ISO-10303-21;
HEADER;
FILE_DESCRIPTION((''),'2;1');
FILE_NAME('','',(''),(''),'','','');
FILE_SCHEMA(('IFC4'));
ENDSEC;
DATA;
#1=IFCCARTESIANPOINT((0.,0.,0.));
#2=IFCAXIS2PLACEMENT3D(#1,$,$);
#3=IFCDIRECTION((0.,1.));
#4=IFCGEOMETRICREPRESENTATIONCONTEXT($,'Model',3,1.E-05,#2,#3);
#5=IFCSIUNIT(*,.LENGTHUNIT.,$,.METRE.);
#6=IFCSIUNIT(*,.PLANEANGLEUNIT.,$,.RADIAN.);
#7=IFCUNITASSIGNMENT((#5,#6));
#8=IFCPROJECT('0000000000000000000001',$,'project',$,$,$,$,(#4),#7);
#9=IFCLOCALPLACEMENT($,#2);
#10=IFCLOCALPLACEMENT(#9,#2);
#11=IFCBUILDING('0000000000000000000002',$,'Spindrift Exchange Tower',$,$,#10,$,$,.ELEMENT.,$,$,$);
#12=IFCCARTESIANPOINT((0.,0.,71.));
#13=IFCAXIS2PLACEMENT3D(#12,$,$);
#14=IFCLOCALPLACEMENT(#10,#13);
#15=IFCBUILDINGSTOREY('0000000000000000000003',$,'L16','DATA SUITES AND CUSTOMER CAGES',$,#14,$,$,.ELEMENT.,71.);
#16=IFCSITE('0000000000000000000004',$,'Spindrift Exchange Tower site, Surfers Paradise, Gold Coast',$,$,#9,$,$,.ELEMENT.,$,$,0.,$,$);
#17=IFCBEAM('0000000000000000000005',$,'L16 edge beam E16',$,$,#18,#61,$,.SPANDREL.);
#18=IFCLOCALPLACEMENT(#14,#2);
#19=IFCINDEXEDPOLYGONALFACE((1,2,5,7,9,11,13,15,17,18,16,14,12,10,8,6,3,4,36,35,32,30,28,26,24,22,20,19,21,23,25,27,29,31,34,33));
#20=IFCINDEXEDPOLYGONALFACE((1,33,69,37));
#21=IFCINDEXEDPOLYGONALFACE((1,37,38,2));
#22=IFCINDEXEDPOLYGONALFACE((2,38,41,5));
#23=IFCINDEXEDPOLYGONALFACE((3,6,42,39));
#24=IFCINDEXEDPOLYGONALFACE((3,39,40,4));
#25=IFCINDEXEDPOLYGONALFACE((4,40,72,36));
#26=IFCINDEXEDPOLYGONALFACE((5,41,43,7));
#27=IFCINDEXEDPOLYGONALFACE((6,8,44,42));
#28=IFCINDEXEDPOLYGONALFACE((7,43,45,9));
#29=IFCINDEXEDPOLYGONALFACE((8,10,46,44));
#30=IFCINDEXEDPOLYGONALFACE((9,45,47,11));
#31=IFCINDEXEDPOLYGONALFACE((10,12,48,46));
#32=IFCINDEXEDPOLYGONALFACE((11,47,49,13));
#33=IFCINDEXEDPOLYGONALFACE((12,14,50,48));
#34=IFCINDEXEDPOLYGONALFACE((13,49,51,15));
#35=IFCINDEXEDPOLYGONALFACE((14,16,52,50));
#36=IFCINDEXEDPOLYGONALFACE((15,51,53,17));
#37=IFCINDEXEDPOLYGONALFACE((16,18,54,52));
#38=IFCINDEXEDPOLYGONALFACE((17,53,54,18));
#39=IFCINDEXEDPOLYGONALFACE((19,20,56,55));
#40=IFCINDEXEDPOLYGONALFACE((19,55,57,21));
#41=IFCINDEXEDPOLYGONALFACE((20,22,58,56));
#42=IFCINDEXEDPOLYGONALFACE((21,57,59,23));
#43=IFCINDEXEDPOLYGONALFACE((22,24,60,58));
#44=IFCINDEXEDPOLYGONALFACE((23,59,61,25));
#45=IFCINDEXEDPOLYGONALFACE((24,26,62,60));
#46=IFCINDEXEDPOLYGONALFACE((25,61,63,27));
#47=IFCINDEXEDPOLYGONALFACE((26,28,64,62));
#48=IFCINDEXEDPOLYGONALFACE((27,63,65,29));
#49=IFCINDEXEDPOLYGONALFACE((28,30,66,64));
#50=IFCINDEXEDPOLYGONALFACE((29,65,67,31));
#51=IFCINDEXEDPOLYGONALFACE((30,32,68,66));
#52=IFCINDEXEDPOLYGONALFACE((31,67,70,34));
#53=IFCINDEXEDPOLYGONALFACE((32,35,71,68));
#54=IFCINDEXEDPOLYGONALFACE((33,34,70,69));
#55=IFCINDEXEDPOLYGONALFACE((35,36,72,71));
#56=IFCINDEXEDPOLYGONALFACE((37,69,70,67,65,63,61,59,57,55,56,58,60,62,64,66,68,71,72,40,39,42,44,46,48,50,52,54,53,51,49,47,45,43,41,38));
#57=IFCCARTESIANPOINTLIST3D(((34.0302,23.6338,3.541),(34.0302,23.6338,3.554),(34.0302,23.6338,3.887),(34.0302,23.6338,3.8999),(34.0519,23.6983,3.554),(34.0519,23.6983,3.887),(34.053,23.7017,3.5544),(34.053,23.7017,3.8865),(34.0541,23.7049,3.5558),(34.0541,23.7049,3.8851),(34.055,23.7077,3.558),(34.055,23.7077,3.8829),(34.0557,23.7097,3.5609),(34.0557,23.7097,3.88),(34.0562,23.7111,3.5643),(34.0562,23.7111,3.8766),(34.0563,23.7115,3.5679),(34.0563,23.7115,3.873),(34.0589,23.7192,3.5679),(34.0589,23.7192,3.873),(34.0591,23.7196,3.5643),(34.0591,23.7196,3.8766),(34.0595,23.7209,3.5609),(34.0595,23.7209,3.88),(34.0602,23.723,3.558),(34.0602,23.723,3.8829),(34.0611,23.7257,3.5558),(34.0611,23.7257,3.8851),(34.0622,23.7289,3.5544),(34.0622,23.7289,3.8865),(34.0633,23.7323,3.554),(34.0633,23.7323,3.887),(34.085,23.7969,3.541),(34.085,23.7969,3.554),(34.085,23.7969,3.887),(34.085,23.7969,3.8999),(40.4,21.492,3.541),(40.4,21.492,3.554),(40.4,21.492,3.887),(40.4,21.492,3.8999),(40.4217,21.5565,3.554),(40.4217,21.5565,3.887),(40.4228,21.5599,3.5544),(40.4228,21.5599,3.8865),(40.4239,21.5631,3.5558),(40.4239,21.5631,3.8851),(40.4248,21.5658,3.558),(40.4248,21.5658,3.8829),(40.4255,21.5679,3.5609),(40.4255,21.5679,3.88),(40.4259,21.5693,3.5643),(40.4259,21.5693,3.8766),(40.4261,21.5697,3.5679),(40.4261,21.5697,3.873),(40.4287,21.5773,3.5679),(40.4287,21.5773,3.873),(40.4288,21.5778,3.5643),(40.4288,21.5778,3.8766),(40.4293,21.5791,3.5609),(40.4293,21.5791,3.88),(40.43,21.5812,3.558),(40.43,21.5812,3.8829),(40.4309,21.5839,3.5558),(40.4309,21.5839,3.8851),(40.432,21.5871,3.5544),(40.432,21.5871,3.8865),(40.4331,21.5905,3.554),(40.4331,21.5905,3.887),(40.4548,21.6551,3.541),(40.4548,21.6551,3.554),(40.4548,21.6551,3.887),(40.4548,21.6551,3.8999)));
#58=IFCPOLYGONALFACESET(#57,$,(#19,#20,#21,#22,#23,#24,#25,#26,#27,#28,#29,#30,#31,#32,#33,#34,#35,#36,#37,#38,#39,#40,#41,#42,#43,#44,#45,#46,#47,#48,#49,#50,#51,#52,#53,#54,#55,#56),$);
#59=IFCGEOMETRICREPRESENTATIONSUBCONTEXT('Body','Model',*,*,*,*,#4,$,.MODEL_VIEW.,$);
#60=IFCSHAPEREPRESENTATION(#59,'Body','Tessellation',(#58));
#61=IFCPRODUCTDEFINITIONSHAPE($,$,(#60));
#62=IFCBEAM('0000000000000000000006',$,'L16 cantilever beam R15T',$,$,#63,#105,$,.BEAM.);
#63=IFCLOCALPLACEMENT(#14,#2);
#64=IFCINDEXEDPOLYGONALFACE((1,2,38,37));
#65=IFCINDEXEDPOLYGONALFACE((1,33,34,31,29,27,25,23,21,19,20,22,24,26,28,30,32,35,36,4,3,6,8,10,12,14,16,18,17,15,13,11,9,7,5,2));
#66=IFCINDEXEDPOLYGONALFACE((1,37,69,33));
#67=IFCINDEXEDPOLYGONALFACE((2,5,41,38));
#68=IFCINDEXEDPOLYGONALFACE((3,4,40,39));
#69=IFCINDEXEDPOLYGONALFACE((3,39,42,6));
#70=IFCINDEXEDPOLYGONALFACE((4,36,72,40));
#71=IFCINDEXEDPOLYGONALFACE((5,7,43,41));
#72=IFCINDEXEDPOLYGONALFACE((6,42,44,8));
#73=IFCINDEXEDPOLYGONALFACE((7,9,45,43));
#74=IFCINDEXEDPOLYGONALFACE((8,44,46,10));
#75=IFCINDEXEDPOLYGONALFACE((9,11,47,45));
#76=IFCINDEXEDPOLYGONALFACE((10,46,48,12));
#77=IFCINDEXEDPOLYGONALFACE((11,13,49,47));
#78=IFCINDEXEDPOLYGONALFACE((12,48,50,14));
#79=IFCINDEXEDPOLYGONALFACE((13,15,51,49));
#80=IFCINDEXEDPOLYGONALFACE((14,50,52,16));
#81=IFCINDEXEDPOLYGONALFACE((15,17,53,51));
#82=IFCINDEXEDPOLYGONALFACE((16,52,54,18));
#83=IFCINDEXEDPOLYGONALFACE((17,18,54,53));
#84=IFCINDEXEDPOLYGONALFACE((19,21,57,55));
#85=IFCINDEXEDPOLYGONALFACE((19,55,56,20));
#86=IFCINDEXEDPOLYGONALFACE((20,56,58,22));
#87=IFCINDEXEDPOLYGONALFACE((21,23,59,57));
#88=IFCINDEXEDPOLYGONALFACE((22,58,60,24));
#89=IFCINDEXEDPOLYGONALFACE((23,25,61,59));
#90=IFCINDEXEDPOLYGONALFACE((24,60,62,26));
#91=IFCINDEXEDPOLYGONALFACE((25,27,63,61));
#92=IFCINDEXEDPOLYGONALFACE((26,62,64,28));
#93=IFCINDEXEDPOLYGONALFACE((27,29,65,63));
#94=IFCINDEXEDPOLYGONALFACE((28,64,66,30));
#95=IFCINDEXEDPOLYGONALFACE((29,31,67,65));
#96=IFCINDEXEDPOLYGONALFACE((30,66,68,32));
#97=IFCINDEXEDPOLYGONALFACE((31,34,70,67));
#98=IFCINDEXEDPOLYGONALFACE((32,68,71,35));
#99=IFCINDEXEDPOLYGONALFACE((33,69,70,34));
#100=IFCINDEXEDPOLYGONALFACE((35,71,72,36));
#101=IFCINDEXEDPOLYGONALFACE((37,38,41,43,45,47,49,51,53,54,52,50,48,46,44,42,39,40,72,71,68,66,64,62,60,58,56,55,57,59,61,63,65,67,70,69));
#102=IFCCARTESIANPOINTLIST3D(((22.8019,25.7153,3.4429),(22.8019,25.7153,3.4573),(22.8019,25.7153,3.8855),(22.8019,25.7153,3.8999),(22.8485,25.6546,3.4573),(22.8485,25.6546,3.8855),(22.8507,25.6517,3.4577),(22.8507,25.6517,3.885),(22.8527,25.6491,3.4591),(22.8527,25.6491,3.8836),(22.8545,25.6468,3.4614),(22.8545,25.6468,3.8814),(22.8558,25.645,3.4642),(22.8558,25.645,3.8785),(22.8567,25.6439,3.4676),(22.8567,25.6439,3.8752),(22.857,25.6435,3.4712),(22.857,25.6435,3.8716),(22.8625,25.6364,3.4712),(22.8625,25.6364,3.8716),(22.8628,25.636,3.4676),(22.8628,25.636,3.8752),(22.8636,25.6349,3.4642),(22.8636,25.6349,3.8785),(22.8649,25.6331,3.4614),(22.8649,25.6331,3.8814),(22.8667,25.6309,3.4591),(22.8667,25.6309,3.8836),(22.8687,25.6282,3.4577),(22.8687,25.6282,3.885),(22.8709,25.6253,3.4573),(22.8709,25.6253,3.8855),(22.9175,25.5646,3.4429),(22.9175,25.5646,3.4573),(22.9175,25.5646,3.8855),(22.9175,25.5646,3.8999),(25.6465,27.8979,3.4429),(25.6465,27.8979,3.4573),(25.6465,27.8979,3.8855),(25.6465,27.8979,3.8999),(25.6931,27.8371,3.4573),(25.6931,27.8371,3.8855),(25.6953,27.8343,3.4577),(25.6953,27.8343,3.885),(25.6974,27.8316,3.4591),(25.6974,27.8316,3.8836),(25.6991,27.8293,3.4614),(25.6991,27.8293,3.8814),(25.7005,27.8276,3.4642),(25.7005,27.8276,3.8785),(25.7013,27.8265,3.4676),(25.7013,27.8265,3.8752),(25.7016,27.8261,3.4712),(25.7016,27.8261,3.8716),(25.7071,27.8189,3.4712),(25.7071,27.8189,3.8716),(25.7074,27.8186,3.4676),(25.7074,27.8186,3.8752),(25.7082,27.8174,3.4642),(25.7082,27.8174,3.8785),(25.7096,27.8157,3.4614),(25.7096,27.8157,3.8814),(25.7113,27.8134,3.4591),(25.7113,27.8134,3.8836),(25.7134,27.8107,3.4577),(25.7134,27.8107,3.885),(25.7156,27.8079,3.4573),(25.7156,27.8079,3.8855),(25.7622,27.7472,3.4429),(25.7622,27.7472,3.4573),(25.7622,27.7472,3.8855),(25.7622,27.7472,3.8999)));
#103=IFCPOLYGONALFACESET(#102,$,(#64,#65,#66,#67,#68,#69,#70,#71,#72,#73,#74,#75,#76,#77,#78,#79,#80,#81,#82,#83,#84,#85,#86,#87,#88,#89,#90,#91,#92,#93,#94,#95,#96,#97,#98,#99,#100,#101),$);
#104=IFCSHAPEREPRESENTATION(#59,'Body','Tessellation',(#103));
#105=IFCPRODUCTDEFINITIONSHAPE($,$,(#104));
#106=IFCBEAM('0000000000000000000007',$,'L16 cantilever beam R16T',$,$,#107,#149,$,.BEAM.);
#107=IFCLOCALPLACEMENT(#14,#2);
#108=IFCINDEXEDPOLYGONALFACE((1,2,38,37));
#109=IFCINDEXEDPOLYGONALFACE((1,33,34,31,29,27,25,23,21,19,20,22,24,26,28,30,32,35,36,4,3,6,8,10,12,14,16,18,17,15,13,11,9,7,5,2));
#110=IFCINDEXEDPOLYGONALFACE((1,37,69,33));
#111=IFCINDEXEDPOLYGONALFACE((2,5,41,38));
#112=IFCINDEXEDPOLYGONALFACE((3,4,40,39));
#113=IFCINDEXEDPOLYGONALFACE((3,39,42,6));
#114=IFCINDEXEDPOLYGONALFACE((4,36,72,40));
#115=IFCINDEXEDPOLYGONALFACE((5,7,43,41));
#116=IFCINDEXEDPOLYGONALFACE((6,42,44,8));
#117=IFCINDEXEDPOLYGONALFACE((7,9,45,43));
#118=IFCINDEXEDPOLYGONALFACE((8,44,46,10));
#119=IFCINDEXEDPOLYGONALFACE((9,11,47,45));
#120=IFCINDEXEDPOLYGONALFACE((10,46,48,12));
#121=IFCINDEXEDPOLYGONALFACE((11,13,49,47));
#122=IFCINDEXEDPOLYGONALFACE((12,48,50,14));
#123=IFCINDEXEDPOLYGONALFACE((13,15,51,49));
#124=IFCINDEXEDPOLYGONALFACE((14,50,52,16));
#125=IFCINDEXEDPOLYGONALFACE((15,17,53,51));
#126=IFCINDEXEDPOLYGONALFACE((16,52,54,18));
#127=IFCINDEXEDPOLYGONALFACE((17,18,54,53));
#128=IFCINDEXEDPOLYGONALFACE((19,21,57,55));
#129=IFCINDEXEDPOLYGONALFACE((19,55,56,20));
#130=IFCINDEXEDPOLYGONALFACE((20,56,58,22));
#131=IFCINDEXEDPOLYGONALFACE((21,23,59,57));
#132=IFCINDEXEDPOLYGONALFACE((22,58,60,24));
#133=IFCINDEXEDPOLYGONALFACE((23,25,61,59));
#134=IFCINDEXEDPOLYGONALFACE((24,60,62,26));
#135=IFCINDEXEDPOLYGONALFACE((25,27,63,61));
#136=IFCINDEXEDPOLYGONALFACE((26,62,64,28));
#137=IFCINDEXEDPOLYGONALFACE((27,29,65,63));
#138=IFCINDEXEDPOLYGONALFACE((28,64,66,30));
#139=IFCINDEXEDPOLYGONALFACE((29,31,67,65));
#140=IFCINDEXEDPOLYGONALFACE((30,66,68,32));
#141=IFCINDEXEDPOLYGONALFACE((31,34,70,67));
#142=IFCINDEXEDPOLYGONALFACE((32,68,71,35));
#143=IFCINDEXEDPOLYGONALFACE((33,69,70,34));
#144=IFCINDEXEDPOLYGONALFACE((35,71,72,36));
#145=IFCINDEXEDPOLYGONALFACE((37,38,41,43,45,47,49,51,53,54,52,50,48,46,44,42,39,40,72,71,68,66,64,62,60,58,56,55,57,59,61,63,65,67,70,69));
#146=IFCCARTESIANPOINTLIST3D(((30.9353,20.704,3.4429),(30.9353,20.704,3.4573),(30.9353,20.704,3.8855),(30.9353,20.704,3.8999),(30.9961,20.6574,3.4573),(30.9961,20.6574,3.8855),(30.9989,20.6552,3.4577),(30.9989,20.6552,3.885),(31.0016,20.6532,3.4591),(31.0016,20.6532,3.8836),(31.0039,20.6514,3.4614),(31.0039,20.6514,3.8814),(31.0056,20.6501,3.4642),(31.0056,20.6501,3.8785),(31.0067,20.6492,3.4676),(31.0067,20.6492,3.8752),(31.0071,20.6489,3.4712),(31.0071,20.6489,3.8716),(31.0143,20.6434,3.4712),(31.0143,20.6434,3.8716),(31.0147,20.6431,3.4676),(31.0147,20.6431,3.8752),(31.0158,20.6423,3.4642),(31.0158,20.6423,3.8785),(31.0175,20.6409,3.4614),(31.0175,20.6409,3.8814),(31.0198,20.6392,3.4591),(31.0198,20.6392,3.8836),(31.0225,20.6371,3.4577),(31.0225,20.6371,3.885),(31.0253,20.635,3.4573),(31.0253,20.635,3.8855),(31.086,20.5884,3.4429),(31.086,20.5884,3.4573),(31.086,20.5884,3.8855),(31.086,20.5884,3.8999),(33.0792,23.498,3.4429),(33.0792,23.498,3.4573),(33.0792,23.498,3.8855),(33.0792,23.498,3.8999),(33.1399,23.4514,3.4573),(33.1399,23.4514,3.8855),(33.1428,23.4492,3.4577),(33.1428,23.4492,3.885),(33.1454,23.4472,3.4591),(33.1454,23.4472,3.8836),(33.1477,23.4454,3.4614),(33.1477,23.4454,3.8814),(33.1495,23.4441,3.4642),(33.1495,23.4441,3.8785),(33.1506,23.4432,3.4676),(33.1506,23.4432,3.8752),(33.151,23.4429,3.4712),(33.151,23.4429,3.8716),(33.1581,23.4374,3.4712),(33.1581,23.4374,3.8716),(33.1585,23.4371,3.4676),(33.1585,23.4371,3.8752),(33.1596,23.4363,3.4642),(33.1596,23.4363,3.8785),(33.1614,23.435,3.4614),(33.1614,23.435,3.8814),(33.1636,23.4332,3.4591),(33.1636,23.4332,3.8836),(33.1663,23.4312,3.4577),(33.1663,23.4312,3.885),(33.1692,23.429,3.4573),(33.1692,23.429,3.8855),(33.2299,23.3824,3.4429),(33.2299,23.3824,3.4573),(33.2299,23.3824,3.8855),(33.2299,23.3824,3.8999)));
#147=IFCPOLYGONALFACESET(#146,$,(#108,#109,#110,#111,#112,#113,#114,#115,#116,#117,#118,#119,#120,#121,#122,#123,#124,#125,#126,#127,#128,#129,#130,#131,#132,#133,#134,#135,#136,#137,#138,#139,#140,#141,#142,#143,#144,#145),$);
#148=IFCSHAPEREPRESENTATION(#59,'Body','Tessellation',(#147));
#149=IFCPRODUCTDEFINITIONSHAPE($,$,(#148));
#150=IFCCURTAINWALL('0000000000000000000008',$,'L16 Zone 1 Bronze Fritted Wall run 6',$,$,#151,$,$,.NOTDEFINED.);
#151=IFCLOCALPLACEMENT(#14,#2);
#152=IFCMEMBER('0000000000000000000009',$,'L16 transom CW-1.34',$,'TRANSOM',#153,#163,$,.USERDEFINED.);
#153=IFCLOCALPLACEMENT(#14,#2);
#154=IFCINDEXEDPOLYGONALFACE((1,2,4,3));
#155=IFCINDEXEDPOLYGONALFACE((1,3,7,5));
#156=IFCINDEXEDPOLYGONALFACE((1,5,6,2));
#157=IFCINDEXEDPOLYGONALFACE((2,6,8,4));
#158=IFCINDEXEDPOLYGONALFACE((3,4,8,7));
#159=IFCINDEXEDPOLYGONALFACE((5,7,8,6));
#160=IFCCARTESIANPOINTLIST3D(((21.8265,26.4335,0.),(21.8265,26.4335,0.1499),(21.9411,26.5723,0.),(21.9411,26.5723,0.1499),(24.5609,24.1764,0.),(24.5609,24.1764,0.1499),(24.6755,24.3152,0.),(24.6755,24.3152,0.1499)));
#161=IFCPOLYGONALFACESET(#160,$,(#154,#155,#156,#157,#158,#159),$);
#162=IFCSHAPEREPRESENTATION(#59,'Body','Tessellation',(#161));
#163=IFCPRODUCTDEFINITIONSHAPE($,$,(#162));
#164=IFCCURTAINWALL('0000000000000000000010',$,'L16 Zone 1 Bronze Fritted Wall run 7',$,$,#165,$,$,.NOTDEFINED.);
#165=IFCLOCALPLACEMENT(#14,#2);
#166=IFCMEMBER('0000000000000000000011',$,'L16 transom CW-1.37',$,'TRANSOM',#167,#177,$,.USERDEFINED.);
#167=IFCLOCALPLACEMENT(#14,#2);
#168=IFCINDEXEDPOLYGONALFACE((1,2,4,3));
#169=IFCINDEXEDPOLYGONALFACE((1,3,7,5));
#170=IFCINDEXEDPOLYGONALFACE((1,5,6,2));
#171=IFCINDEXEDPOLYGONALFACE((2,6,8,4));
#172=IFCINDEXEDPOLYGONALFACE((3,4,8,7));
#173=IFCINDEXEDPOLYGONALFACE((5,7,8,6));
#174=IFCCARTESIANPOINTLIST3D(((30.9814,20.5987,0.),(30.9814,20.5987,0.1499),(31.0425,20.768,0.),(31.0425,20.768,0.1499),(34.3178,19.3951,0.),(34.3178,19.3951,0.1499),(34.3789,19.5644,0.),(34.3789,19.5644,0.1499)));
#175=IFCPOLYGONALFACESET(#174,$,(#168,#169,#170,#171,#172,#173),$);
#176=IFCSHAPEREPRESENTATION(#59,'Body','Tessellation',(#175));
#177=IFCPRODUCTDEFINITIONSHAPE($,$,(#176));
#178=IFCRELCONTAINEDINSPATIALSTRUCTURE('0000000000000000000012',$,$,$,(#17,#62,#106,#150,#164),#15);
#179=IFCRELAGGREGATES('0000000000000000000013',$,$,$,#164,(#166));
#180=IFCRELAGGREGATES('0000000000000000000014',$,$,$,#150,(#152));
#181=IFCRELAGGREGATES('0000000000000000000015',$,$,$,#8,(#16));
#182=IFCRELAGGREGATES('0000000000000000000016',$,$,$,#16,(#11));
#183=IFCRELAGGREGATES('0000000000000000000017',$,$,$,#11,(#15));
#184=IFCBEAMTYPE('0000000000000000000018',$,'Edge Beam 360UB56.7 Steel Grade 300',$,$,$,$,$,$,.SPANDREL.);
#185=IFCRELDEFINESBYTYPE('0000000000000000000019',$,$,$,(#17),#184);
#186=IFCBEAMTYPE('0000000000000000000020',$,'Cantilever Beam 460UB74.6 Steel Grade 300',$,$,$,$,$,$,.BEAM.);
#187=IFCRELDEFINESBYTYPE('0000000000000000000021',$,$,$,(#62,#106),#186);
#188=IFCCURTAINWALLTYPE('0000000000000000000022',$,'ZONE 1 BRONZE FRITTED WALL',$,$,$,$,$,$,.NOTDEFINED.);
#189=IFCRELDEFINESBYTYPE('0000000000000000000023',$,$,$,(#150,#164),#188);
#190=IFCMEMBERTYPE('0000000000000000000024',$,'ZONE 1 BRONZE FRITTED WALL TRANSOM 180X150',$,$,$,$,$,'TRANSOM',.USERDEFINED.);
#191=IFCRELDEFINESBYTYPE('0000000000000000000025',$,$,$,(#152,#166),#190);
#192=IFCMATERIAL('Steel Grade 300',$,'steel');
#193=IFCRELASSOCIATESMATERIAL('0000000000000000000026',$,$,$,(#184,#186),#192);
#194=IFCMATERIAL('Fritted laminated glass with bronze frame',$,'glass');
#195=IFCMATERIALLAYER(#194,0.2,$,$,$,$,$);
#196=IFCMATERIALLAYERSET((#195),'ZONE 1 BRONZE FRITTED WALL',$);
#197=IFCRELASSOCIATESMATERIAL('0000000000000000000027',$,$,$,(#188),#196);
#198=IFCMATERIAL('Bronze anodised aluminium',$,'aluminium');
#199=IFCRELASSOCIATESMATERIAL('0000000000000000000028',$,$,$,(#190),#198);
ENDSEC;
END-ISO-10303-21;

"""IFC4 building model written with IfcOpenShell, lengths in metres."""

from ifc_helpers import new_model, si_unit, direction, frame, origin, origin_2d, place, context, subcontext, project, spatial, rectangle, i_section, extrude, source, transform, mapped, material, layer, layer_set, material_profile, profile_set, type_object, element, aggregate, save


model = new_model("IFC4")

# Units and contexts
model_context = context("Model", 3, precision=1e-05, world=origin(), true_north=direction((0.0, 1.0)))
body_context = subcontext(model_context, "Body", "Model", "MODEL_VIEW")
ifc_project = project(units=[si_unit("LENGTHUNIT", "METRE"), si_unit("PLANEANGLEUNIT", "RADIAN")], contexts=[model_context])

# Site, building, storey
site_placement = place(None, origin())
site = spatial("IfcSite", under=ifc_project, at=site_placement, Name="Spindrift Exchange Tower site, Surfers Paradise, Gold Coast", CompositionType="ELEMENT", RefElevation=0.0)
building_placement = place(site_placement, origin())
building = spatial("IfcBuilding", under=site, at=building_placement, Name="Spindrift Exchange Tower", CompositionType="ELEMENT")
storey_placement = place(building_placement, frame((0.0, 0.0, 71.0)))
storey = spatial("IfcBuildingStorey", under=building, at=storey_placement, Name="L16", Description="DATA SUITES AND CUSTOMER CAGES", CompositionType="ELEMENT", Elevation=71.0)

# Beams
ifc_material_1 = material(Name="Steel Grade 300", Category="steel")
ifc_material_profile_1 = material_profile(ifc_material_1, i_section(OverallWidth=0.1721, OverallDepth=0.3589, WebThickness=0.0081, FlangeThickness=0.0129, FilletRadius=0.0139, at=origin_2d()), Name="360UB56.7")
ifc_profile_set_1 = profile_set([ifc_material_profile_1], Name="Steel Grade 300")
beam_type_1 = type_object("IfcBeamType", Name="Edge Beam 360UB56.7 Steel Grade 300", PredefinedType="SPANDREL", material=ifc_profile_set_1)
shared_shape_1 = source(origin(), body_context, "Body", "SweptSolid", [
    extrude(i_section(OverallWidth=0.1721, OverallDepth=0.3589, WebThickness=0.0081, FlangeThickness=0.0129, FilletRadius=0.0139, at=origin_2d()), origin(), (0.0, 0.0, 1.0), 6.7202),
])
beam_1_placement = place(storey_placement, frame((34.0576, 23.7153, 3.7205), z_axis=(0.947852, -0.318712, 0.0), x_axis=(0.318712, 0.947852, 0.0)))
element("IfcBeam", 1, at=beam_1_placement, inside=storey, type_object=beam_type_1, Name="L16 edge beam E16", PredefinedType="SPANDREL", context=body_context, shape_type="MappedRepresentation", body=[
    mapped(shared_shape_1, transform((0.0, 0.0, 0.0), scale=1.0)),
])
ifc_material_profile_2 = material_profile(ifc_material_1, i_section(OverallWidth=0.1899, OverallDepth=0.457, WebThickness=0.009, FlangeThickness=0.0144, FilletRadius=0.0139, at=origin_2d()), Name="460UB74.6")
ifc_profile_set_2 = profile_set([ifc_material_profile_2], Name="Steel Grade 300")
beam_type_2 = type_object("IfcBeamType", Name="Cantilever Beam 460UB74.6 Steel Grade 300", PredefinedType="BEAM", material=ifc_profile_set_2)
shared_shape_2 = source(origin(), body_context, "Body", "SweptSolid", [
    extrude(i_section(OverallWidth=0.1899, OverallDepth=0.457, WebThickness=0.009, FlangeThickness=0.0144, FilletRadius=0.0139, at=origin_2d()), origin(), (0.0, 0.0, 1.0), 3.5854),
])
beam_2_placement = place(storey_placement, frame((25.7043, 27.8225, 3.6714), z_axis=(-0.793383, -0.608723, 0.0), x_axis=(0.608723, -0.793383, 0.0)))
element("IfcBeam", 2, at=beam_2_placement, inside=storey, type_object=beam_type_2, Name="L16 cantilever beam R15T", PredefinedType="BEAM", context=body_context, shape_type="MappedRepresentation", body=[
    mapped(shared_shape_2, transform((0.0, 0.0, 0.0), scale=1.0)),
])
shared_shape_3 = source(origin(), body_context, "Body", "SweptSolid", [
    extrude(i_section(OverallWidth=0.1899, OverallDepth=0.457, WebThickness=0.009, FlangeThickness=0.0144, FilletRadius=0.0139, at=origin_2d()), origin(), (0.0, 0.0, 1.0), 3.5217),
])
beam_3_placement = place(storey_placement, frame((33.1545, 23.4402, 3.6714), z_axis=(-0.608749, -0.793363, 0.0), x_axis=(0.793363, -0.608749, 0.0)))
element("IfcBeam", 3, at=beam_3_placement, inside=storey, type_object=beam_type_2, Name="L16 cantilever beam R16T", PredefinedType="BEAM", context=body_context, shape_type="MappedRepresentation", body=[
    mapped(shared_shape_3, transform((0.0, 0.0, 0.0), scale=1.0)),
])

# Curtain wall, member
ifc_material_2 = material(Name="Fritted laminated glass with bronze frame", Category="glass")
ifc_layer_1 = layer(ifc_material_2, 0.2)
ifc_layer_set_1 = layer_set([ifc_layer_1], Name="ZONE 1 BRONZE FRITTED WALL")
curtain_wall_type = type_object("IfcCurtainWallType", Name="ZONE 1 BRONZE FRITTED WALL", PredefinedType="NOTDEFINED", material=ifc_layer_set_1)
curtain_wall_1_placement = place(storey_placement, origin())
curtain_wall_1 = element("IfcCurtainWall", 4, at=curtain_wall_1_placement, inside=storey, type_object=curtain_wall_type, Name="L16 Zone 1 Bronze Fritted Wall run 6", PredefinedType="NOTDEFINED")
ifc_material_3 = material(Name="Bronze anodised aluminium", Category="aluminium")
ifc_material_profile_3 = material_profile(ifc_material_3, rectangle(XDim=0.1799, YDim=0.1499, at=origin_2d()), Name="ZONE 1 BRONZE FRITTED WALL TRANSOM 180X150")
ifc_profile_set_3 = profile_set([ifc_material_profile_3], Name="Bronze anodised aluminium")
member_type_1 = type_object("IfcMemberType", Name="ZONE 1 BRONZE FRITTED WALL TRANSOM 180X150", ElementType="TRANSOM", PredefinedType="USERDEFINED", material=ifc_profile_set_3)
shared_shape_4 = source(origin(), body_context, "Body", "SweptSolid", [
    extrude(rectangle(XDim=0.1799, YDim=0.1499, at=origin_2d()), origin(), (0.0, 0.0, 1.0), 3.5457),
])
member_1_placement = place(storey_placement, frame((21.8838, 26.5029, 0.075), z_axis=(0.771204, -0.636588, 0.0), x_axis=(0.636588, 0.771204, 0.0)))
member_1 = element("IfcMember", 5, at=member_1_placement, type_object=member_type_1, Name="L16 transom CW-1.34", ObjectType="TRANSOM", PredefinedType="USERDEFINED", context=body_context, shape_type="MappedRepresentation", body=[
    mapped(shared_shape_4, transform((0.0, 0.0, 0.0), scale=1.0)),
])

# Curtain wall, member
curtain_wall_2_placement = place(storey_placement, origin())
curtain_wall_2 = element("IfcCurtainWall", 6, at=curtain_wall_2_placement, inside=storey, type_object=curtain_wall_type, Name="L16 Zone 1 Bronze Fritted Wall run 7", PredefinedType="NOTDEFINED")
shared_shape_5 = source(origin(), body_context, "Body", "SweptSolid", [
    extrude(rectangle(XDim=0.1799, YDim=0.1499, at=origin_2d()), origin(), (0.0, 0.0, 1.0), 3.5469),
])
member_2_placement = place(storey_placement, frame((31.012, 20.6833, 0.075), z_axis=(0.940663, -0.339343, 0.0), x_axis=(0.339343, 0.940663, 0.0)))
member_2 = element("IfcMember", 7, at=member_2_placement, type_object=member_type_1, Name="L16 transom CW-1.37", ObjectType="TRANSOM", PredefinedType="USERDEFINED", context=body_context, shape_type="MappedRepresentation", body=[
    mapped(shared_shape_5, transform((0.0, 0.0, 0.0), scale=1.0)),
])

aggregate(curtain_wall_2, [member_2])
aggregate(curtain_wall_1, [member_1])

save(model, "model.ifc")
